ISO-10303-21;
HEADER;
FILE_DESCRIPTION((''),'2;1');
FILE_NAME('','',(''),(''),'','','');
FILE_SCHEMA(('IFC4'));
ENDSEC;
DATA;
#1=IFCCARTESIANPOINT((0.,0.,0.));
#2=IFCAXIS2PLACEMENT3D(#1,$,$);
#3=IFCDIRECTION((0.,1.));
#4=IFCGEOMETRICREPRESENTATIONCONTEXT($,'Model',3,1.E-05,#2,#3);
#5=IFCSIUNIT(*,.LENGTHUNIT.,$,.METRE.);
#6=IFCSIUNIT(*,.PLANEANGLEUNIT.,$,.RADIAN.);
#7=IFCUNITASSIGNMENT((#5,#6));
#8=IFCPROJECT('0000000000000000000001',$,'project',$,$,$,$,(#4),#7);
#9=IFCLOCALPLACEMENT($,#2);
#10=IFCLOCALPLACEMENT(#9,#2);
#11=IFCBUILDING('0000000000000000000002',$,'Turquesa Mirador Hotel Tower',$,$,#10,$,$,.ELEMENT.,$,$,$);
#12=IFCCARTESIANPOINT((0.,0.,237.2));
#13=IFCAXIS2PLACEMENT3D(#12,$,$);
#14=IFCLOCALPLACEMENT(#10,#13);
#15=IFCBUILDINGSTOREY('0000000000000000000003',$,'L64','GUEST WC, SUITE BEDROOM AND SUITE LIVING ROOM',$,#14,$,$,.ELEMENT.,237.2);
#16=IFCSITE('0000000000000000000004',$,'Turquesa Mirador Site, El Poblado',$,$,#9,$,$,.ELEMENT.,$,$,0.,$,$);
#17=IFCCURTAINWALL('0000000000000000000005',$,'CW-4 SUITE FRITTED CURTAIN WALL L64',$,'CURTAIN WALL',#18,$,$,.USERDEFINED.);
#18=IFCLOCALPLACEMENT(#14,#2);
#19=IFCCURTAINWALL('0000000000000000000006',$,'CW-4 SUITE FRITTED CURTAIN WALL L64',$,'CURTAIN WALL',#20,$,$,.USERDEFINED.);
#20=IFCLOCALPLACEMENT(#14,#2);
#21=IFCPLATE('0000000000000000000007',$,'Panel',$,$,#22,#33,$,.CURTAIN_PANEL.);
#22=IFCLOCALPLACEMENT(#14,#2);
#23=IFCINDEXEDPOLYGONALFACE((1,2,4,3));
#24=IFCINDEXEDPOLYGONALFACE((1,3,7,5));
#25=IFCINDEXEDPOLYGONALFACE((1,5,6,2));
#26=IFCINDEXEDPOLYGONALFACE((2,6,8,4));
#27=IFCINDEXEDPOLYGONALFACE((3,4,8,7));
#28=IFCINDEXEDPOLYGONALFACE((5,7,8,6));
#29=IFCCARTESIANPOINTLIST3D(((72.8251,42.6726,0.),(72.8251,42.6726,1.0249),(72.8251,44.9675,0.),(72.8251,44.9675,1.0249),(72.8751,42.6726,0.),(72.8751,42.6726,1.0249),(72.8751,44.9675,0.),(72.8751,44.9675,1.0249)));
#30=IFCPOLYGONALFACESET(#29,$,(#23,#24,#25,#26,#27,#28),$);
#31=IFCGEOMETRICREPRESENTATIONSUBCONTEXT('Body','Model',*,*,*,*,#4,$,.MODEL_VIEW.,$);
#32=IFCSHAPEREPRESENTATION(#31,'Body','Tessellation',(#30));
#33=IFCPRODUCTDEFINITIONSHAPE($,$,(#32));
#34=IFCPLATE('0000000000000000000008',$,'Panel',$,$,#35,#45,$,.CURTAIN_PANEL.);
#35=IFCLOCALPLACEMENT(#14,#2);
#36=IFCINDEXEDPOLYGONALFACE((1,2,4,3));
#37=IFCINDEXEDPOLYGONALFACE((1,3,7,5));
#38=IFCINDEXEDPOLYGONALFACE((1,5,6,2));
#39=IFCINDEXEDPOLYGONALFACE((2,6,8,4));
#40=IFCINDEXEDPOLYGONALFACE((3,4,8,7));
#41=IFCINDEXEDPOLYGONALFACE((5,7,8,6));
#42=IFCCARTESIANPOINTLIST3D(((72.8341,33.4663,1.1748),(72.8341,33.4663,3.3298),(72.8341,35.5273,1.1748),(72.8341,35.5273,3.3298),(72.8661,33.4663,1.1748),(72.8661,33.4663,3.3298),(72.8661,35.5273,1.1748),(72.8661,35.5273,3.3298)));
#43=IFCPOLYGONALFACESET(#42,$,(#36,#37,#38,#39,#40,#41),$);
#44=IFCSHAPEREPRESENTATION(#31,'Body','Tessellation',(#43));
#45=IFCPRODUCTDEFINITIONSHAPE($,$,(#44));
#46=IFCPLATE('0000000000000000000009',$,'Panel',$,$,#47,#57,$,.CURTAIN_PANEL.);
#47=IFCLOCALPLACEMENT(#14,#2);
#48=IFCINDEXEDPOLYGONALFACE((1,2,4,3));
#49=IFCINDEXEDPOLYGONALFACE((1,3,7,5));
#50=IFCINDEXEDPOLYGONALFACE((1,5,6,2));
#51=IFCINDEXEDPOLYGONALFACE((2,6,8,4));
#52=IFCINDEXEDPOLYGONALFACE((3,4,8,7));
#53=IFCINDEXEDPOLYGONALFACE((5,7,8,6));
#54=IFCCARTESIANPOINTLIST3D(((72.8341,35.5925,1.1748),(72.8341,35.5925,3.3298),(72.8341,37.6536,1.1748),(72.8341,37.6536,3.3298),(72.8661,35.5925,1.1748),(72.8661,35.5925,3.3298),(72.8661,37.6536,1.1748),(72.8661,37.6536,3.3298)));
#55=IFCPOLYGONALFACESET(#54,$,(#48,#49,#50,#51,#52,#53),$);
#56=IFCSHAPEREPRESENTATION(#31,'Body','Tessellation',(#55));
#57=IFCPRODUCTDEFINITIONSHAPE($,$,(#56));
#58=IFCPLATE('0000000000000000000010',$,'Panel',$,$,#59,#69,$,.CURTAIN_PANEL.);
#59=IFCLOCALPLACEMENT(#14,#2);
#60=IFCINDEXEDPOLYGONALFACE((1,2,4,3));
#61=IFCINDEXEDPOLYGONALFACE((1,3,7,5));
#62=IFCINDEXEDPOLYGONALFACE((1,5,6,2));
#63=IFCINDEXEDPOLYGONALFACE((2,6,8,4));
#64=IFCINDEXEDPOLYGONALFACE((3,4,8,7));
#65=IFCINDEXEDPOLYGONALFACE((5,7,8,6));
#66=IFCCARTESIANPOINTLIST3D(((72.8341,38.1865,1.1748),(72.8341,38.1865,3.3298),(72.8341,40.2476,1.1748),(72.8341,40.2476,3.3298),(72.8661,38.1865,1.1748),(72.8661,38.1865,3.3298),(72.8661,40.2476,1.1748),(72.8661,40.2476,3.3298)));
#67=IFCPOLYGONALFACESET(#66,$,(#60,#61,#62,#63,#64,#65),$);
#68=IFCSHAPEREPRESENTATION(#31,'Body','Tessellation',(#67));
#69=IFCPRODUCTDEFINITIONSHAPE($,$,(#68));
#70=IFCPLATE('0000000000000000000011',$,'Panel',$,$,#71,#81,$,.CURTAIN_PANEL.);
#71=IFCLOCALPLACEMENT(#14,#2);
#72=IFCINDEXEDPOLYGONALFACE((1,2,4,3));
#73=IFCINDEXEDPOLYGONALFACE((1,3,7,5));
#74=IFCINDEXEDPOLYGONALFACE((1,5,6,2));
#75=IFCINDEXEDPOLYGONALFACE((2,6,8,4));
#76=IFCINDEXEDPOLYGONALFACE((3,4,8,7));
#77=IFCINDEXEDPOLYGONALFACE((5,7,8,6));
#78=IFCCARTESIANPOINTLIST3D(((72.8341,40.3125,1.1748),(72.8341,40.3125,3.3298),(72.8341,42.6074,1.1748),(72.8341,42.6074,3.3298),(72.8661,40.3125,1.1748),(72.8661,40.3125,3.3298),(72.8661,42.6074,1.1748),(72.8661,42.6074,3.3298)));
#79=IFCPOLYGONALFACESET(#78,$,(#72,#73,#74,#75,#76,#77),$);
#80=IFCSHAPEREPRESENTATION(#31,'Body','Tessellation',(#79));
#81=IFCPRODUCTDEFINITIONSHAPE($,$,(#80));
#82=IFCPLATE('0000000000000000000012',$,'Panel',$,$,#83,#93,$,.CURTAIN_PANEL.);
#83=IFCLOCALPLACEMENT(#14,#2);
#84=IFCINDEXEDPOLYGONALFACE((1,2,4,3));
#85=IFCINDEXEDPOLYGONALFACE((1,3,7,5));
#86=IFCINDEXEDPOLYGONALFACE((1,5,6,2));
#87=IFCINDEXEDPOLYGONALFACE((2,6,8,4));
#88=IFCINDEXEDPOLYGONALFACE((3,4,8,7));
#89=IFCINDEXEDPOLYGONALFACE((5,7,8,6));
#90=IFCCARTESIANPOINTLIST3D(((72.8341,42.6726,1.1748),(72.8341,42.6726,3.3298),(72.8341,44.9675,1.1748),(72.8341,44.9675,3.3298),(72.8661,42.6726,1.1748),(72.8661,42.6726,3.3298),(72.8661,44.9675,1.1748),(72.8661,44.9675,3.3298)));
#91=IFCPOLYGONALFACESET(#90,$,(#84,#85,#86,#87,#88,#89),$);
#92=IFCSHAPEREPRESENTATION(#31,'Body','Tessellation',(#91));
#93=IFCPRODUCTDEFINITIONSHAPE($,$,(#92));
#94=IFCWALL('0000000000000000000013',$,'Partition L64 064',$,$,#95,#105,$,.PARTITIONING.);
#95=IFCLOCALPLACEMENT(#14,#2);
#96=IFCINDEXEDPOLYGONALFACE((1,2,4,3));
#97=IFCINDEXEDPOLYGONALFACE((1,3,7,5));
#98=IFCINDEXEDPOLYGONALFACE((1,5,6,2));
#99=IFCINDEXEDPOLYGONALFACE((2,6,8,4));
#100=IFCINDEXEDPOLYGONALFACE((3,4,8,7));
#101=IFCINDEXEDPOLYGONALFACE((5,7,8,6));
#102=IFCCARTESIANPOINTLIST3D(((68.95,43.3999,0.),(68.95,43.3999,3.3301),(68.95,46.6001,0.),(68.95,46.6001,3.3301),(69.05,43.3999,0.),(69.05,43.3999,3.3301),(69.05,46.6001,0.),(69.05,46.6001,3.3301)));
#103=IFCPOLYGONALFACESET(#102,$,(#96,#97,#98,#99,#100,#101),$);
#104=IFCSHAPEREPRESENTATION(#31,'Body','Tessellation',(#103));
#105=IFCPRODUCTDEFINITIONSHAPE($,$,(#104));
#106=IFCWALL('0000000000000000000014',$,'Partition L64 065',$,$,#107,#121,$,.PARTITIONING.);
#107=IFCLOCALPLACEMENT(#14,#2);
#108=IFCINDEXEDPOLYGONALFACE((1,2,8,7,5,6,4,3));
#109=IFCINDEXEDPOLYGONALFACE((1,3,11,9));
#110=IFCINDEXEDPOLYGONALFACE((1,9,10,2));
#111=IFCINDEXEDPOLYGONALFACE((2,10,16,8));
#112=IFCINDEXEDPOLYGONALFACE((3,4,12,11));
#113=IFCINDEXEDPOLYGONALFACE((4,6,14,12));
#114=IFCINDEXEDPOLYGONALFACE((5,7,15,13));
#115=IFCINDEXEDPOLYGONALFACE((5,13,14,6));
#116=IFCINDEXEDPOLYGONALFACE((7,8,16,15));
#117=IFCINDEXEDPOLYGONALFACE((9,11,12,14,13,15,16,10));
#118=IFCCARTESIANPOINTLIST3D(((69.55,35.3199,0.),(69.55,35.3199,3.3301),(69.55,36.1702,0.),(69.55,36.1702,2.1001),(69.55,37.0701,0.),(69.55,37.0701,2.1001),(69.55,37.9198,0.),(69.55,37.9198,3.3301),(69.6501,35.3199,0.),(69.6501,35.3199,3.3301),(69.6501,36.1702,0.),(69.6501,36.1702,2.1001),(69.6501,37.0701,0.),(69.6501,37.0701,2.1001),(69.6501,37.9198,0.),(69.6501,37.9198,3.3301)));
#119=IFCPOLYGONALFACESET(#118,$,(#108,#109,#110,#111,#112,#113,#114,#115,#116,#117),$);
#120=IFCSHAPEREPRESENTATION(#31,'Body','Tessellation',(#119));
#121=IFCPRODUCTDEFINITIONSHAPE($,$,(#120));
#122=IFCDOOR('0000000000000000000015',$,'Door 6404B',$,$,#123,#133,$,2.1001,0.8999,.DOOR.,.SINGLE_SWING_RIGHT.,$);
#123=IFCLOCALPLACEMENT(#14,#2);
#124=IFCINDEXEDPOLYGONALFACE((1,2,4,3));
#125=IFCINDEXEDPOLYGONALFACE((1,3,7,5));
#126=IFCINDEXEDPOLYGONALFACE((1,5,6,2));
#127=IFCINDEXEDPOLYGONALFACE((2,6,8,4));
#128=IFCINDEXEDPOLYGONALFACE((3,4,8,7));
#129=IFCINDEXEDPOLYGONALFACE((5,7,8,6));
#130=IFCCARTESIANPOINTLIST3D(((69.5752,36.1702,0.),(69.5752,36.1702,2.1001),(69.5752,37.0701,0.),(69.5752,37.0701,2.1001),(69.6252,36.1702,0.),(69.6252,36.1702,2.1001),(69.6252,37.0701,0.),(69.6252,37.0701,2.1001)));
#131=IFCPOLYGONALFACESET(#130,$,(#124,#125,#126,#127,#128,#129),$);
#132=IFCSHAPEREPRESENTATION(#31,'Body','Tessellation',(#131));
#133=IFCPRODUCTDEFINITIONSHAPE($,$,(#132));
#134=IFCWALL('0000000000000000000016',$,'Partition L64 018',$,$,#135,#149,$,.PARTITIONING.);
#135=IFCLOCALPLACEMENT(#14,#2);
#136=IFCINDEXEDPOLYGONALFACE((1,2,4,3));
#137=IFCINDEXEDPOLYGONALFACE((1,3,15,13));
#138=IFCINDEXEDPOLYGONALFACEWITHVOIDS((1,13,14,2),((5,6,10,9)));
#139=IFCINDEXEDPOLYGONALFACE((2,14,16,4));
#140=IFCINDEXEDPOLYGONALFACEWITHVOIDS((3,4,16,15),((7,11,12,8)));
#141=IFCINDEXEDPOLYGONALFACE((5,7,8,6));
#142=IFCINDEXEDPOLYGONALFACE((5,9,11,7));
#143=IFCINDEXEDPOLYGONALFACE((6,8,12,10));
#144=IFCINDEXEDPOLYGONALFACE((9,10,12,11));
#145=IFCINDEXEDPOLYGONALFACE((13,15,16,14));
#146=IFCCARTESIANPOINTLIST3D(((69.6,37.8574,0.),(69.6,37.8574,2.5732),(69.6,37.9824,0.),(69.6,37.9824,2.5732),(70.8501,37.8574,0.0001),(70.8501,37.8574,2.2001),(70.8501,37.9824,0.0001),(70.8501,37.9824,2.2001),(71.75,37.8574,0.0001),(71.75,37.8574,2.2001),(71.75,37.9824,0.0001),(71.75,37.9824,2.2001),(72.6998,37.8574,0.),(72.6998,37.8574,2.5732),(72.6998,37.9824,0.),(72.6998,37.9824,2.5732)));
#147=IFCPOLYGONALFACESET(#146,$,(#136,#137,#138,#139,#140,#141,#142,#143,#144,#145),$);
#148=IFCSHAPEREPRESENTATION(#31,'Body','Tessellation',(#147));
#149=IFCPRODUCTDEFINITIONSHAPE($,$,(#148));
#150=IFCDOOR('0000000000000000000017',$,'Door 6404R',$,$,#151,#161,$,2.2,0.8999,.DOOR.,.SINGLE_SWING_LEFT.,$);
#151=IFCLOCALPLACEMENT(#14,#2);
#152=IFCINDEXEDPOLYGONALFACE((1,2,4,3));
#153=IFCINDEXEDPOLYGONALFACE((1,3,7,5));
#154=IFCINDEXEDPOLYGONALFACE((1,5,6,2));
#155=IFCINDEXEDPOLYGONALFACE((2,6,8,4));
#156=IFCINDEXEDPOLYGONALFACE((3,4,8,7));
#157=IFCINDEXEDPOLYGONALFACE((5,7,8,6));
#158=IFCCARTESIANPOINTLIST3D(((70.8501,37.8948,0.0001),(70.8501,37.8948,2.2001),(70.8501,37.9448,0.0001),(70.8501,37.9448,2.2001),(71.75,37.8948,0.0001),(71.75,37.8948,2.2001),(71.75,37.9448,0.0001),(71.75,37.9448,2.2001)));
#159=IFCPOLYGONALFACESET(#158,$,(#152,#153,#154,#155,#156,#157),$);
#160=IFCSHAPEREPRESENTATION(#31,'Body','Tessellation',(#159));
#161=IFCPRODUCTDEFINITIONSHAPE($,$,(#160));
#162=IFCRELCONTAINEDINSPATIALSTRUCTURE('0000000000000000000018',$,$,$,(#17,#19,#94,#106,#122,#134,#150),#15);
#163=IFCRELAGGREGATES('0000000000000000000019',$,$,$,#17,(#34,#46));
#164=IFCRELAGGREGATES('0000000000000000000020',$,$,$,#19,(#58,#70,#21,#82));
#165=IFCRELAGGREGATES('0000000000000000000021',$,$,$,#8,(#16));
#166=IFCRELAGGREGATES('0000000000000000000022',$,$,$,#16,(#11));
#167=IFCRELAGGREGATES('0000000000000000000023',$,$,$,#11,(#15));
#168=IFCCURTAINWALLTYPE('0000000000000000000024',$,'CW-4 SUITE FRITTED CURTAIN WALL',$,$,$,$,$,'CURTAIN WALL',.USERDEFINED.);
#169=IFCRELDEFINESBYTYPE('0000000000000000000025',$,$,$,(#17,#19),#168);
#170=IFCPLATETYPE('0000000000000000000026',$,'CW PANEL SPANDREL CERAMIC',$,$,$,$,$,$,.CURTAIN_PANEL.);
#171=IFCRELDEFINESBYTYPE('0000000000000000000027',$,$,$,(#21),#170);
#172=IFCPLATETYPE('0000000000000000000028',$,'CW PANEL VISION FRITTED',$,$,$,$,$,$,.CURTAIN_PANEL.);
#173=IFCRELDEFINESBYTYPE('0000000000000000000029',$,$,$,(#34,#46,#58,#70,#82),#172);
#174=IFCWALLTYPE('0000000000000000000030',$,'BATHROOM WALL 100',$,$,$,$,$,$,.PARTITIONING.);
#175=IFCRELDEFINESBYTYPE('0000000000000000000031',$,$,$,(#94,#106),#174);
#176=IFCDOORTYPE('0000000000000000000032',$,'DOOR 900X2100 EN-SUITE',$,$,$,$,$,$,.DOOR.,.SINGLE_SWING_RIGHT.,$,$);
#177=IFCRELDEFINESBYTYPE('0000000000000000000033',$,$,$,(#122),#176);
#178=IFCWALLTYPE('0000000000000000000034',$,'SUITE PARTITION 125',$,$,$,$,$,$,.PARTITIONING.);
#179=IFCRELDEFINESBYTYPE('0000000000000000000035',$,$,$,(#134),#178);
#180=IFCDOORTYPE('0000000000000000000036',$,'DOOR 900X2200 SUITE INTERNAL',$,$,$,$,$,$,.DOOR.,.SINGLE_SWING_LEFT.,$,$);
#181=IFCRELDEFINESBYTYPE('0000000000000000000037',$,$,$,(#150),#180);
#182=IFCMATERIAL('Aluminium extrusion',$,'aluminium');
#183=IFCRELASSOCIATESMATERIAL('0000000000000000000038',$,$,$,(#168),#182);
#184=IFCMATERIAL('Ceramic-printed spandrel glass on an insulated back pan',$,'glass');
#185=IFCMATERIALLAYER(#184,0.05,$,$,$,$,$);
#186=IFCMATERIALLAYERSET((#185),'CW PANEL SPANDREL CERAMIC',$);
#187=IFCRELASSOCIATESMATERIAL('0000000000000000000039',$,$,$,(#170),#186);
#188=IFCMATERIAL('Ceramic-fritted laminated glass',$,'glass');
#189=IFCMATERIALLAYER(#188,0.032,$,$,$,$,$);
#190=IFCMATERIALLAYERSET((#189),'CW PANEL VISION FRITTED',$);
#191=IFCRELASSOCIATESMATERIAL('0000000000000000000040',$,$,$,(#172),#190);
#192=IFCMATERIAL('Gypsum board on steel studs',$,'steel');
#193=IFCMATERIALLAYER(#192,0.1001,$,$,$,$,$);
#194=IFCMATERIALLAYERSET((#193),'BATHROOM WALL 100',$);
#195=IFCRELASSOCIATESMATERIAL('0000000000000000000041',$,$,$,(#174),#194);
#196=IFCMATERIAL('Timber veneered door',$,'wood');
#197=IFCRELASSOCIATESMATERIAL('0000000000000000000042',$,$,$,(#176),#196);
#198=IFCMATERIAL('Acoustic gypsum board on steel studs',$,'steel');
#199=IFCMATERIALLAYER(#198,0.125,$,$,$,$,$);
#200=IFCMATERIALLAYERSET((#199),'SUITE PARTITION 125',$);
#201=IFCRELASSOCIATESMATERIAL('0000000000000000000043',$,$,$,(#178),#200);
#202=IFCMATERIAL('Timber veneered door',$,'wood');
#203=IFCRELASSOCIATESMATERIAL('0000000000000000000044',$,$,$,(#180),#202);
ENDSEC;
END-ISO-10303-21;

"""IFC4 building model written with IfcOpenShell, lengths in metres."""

from ifc_helpers import new_model, si_unit, direction, frame, frame_2d, origin, origin_2d, place, context, subcontext, project, spatial, rectangle, extrude, material, layer, layer_set, type_object, element, fill, aggregate, save


model = new_model("IFC4")

# Units and contexts
model_context = context("Model", 3, precision=1e-05, world=origin(), true_north=direction((0.0, 1.0)))
body_context = subcontext(model_context, "Body", "Model", "MODEL_VIEW")
ifc_project = project(units=[si_unit("LENGTHUNIT", "METRE"), si_unit("PLANEANGLEUNIT", "RADIAN")], contexts=[model_context])

# Site, building, storey
site_placement = place(None, origin())
site = spatial("IfcSite", under=ifc_project, at=site_placement, Name="Turquesa Mirador Site, El Poblado", CompositionType="ELEMENT", RefElevation=0.0)
building_placement = place(site_placement, origin())
building = spatial("IfcBuilding", under=site, at=building_placement, Name="Turquesa Mirador Hotel Tower", CompositionType="ELEMENT")
storey_placement = place(building_placement, frame((0.0, 0.0, 237.2)))
storey = spatial("IfcBuildingStorey", under=building, at=storey_placement, Name="L64", Description="GUEST WC, SUITE BEDROOM AND SUITE LIVING ROOM", CompositionType="ELEMENT", Elevation=237.2)

# Curtain walls
ifc_material_1 = material(Name="Aluminium extrusion", Category="aluminium")
curtain_wall_type = type_object("IfcCurtainWallType", Name="CW-4 SUITE FRITTED CURTAIN WALL", ElementType="CURTAIN WALL", PredefinedType="USERDEFINED", material=ifc_material_1)
curtain_wall_1_placement = place(storey_placement, origin())
curtain_wall_1 = element("IfcCurtainWall", 1, at=curtain_wall_1_placement, inside=storey, type_object=curtain_wall_type, Name="CW-4 SUITE FRITTED CURTAIN WALL L64", ObjectType="CURTAIN WALL", PredefinedType="USERDEFINED")
curtain_wall_2_placement = place(storey_placement, origin())
curtain_wall_2 = element("IfcCurtainWall", 2, at=curtain_wall_2_placement, inside=storey, type_object=curtain_wall_type, Name="CW-4 SUITE FRITTED CURTAIN WALL L64", ObjectType="CURTAIN WALL", PredefinedType="USERDEFINED")

# Plates
ifc_material_2 = material(Name="Ceramic-printed spandrel glass on an insulated back pan", Category="glass")
ifc_layer_1 = layer(ifc_material_2, 0.05)
ifc_layer_set_1 = layer_set([ifc_layer_1], Name="CW PANEL SPANDREL CERAMIC")
plate_type_1 = type_object("IfcPlateType", Name="CW PANEL SPANDREL CERAMIC", PredefinedType="CURTAIN_PANEL", material=ifc_layer_set_1)
plate_1_placement = place(storey_placement, frame((72.8501, 43.8201, 0.0), z_axis=(0.0, 0.0, 1.0), x_axis=(0.0, 1.0, 0.0)))
plate_1 = element("IfcPlate", 3, at=plate_1_placement, type_object=plate_type_1, Name="Panel", PredefinedType="CURTAIN_PANEL", context=body_context, shape_type="SweptSolid", body=[
    extrude(rectangle(XDim=2.2949, YDim=0.05, at=origin_2d()), origin(), (0.0, 0.0, 1.0), 1.0249),
])
ifc_material_3 = material(Name="Ceramic-fritted laminated glass", Category="glass")
ifc_layer_2 = layer(ifc_material_3, 0.032)
ifc_layer_set_2 = layer_set([ifc_layer_2], Name="CW PANEL VISION FRITTED")
plate_type_2 = type_object("IfcPlateType", Name="CW PANEL VISION FRITTED", PredefinedType="CURTAIN_PANEL", material=ifc_layer_set_2)
plate_2_placement = place(storey_placement, frame((72.8501, 34.4968, 1.1748), z_axis=(0.0, 0.0, 1.0), x_axis=(0.0, 1.0, 0.0)))
plate_2 = element("IfcPlate", 4, at=plate_2_placement, type_object=plate_type_2, Name="Panel", PredefinedType="CURTAIN_PANEL", context=body_context, shape_type="SweptSolid", body=[
    extrude(rectangle(XDim=2.061, YDim=0.032, at=origin_2d()), origin(), (0.0, 0.0, 1.0), 2.155),
])
plate_3_placement = place(storey_placement, frame((72.8501, 36.623, 1.1748), z_axis=(0.0, 0.0, 1.0), x_axis=(0.0, 1.0, 0.0)))
plate_3 = element("IfcPlate", 5, at=plate_3_placement, type_object=plate_type_2, Name="Panel", PredefinedType="CURTAIN_PANEL", context=body_context, shape_type="SweptSolid", body=[
    extrude(rectangle(XDim=2.061, YDim=0.032, at=origin_2d()), origin(), (0.0, 0.0, 1.0), 2.155),
])
aggregate(curtain_wall_1, [plate_2, plate_3])
plate_4_placement = place(storey_placement, frame((72.8501, 39.217, 1.1748), z_axis=(0.0, 0.0, 1.0), x_axis=(0.0, 1.0, 0.0)))
plate_4 = element("IfcPlate", 6, at=plate_4_placement, type_object=plate_type_2, Name="Panel", PredefinedType="CURTAIN_PANEL", context=body_context, shape_type="SweptSolid", body=[
    extrude(rectangle(XDim=2.061, YDim=0.032, at=origin_2d()), origin(), (0.0, 0.0, 1.0), 2.155),
])
plate_5_placement = place(storey_placement, frame((72.8501, 41.46, 1.1748), z_axis=(0.0, 0.0, 1.0), x_axis=(0.0, 1.0, 0.0)))
plate_5 = element("IfcPlate", 7, at=plate_5_placement, type_object=plate_type_2, Name="Panel", PredefinedType="CURTAIN_PANEL", context=body_context, shape_type="SweptSolid", body=[
    extrude(rectangle(XDim=2.2949, YDim=0.032, at=origin_2d()), origin(), (0.0, 0.0, 1.0), 2.155),
])
plate_6_placement = place(storey_placement, frame((72.8501, 43.8201, 1.1748), z_axis=(0.0, 0.0, 1.0), x_axis=(0.0, 1.0, 0.0)))
plate_6 = element("IfcPlate", 8, at=plate_6_placement, type_object=plate_type_2, Name="Panel", PredefinedType="CURTAIN_PANEL", context=body_context, shape_type="SweptSolid", body=[
    extrude(rectangle(XDim=2.2949, YDim=0.032, at=origin_2d()), origin(), (0.0, 0.0, 1.0), 2.155),
])
aggregate(curtain_wall_2, [plate_4, plate_5, plate_1, plate_6])

# Wall
ifc_material_4 = material(Name="Gypsum board on steel studs", Category="steel")
ifc_layer_3 = layer(ifc_material_4, 0.1001)
ifc_layer_set_3 = layer_set([ifc_layer_3], Name="BATHROOM WALL 100")
wall_type_1 = type_object("IfcWallType", Name="BATHROOM WALL 100", PredefinedType="PARTITIONING", material=ifc_layer_set_3)
wall_1_placement = place(storey_placement, frame((69.0, 43.3999, 0.0), z_axis=(0.0, 0.0, 1.0), x_axis=(0.0, 1.0, 0.0)))
element("IfcWall", 9, at=wall_1_placement, inside=storey, type_object=wall_type_1, Name="Partition L64 064", PredefinedType="PARTITIONING", context=body_context, shape_type="SweptSolid", body=[
    extrude(rectangle(XDim=3.2002, YDim=0.1001, at=frame_2d((1.6001, 0.0))), origin(), (0.0, 0.0, 1.0), 3.3301),
])

# Walls, openings, doors
wall_2_placement = place(storey_placement, frame((69.6001, 35.3201, 0.0), z_axis=(0.0, 0.0, 1.0), x_axis=(0.0, 1.0, 0.0)))
wall_2 = element("IfcWall", 10, at=wall_2_placement, inside=storey, type_object=wall_type_1, Name="Partition L64 065", PredefinedType="PARTITIONING", context=body_context, shape_type="SweptSolid", body=[
    extrude(rectangle(XDim=2.5999, YDim=0.1001, at=frame_2d((1.2998, 0.0))), origin(), (0.0, 0.0, 1.0), 3.3301),
])
opening_1_placement = place(wall_2_placement, frame((0.8501, 0.0, 0.0)))
opening_1 = element("IfcOpeningElement", 11, at=opening_1_placement, cuts=wall_2, PredefinedType="OPENING", context=body_context, shape_type="SweptSolid", body=[
    extrude(rectangle(XDim=0.8999, YDim=2.1001, at=frame_2d((0.45, 1.05))), frame((0.0, 0.0601, 0.0), z_axis=(0.0, -1.0, 0.0), x_axis=(1.0, 0.0, 0.0)), (0.0, 0.0, 1.0), 0.1201),
])
ifc_material_5 = material(Name="Timber veneered door", Category="wood")
door_type_1 = type_object("IfcDoorType", Name="DOOR 900X2100 EN-SUITE", OperationType="SINGLE_SWING_RIGHT", PredefinedType="DOOR", material=ifc_material_5)
door_1_placement = place(opening_1_placement, origin())
door_1 = element("IfcDoor", 12, at=door_1_placement, inside=storey, type_object=door_type_1, Name="Door 6404B", OperationType="SINGLE_SWING_RIGHT", OverallHeight=2.1001, OverallWidth=0.8999, PredefinedType="DOOR", context=body_context, shape_type="SweptSolid", body=[
    extrude(rectangle(XDim=0.8999, YDim=2.1001, at=frame_2d((0.45, 1.05))), frame((0.0, 0.0249, 0.0), z_axis=(0.0, -1.0, 0.0), x_axis=(1.0, 0.0, 0.0)), (0.0, 0.0, 1.0), 0.05),
])
fill(opening_1, door_1)
ifc_material_6 = material(Name="Acoustic gypsum board on steel studs", Category="steel")
ifc_layer_4 = layer(ifc_material_6, 0.125)
ifc_layer_set_4 = layer_set([ifc_layer_4], Name="SUITE PARTITION 125")
wall_type_2 = type_object("IfcWallType", Name="SUITE PARTITION 125", PredefinedType="PARTITIONING", material=ifc_layer_set_4)
wall_3_placement = place(storey_placement, frame((69.6001, 37.9199, 0.0), z_axis=(0.0, 0.0, 1.0), x_axis=(1.0, 0.0, 0.0)))
wall_3 = element("IfcWall", 13, at=wall_3_placement, inside=storey, type_object=wall_type_2, Name="Partition L64 018", PredefinedType="PARTITIONING", context=body_context, shape_type="SweptSolid", body=[
    extrude(rectangle(XDim=3.0999, YDim=0.125, at=frame_2d((1.5498, 0.0))), origin(), (0.0, 0.0, 1.0), 2.5732),
])
opening_2_placement = place(wall_3_placement, frame((1.25, 0.0, 0.0)))
opening_2 = element("IfcOpeningElement", 14, at=opening_2_placement, cuts=wall_3, PredefinedType="OPENING", context=body_context, shape_type="SweptSolid", body=[
    extrude(rectangle(XDim=0.8999, YDim=2.2, at=frame_2d((0.45, 1.1001))), frame((0.0, 0.0725, 0.0), z_axis=(0.0, -1.0, 0.0), x_axis=(1.0, 0.0, 0.0)), (0.0, 0.0, 1.0), 0.145),
])
ifc_material_7 = material(Name="Timber veneered door", Category="wood")
door_type_2 = type_object("IfcDoorType", Name="DOOR 900X2200 SUITE INTERNAL", OperationType="SINGLE_SWING_LEFT", PredefinedType="DOOR", material=ifc_material_7)
door_2_placement = place(opening_2_placement, origin())
door_2 = element("IfcDoor", 15, at=door_2_placement, inside=storey, type_object=door_type_2, Name="Door 6404R", OperationType="SINGLE_SWING_LEFT", OverallHeight=2.2, OverallWidth=0.8999, PredefinedType="DOOR", context=body_context, shape_type="SweptSolid", body=[
    extrude(rectangle(XDim=0.8999, YDim=2.2, at=frame_2d((0.45, 1.1001))), frame((0.0, 0.0249, 0.0), z_axis=(0.0, -1.0, 0.0), x_axis=(1.0, 0.0, 0.0)), (0.0, 0.0, 1.0), 0.05),
])
fill(opening_2, door_2)

save(model, "model.ifc")
